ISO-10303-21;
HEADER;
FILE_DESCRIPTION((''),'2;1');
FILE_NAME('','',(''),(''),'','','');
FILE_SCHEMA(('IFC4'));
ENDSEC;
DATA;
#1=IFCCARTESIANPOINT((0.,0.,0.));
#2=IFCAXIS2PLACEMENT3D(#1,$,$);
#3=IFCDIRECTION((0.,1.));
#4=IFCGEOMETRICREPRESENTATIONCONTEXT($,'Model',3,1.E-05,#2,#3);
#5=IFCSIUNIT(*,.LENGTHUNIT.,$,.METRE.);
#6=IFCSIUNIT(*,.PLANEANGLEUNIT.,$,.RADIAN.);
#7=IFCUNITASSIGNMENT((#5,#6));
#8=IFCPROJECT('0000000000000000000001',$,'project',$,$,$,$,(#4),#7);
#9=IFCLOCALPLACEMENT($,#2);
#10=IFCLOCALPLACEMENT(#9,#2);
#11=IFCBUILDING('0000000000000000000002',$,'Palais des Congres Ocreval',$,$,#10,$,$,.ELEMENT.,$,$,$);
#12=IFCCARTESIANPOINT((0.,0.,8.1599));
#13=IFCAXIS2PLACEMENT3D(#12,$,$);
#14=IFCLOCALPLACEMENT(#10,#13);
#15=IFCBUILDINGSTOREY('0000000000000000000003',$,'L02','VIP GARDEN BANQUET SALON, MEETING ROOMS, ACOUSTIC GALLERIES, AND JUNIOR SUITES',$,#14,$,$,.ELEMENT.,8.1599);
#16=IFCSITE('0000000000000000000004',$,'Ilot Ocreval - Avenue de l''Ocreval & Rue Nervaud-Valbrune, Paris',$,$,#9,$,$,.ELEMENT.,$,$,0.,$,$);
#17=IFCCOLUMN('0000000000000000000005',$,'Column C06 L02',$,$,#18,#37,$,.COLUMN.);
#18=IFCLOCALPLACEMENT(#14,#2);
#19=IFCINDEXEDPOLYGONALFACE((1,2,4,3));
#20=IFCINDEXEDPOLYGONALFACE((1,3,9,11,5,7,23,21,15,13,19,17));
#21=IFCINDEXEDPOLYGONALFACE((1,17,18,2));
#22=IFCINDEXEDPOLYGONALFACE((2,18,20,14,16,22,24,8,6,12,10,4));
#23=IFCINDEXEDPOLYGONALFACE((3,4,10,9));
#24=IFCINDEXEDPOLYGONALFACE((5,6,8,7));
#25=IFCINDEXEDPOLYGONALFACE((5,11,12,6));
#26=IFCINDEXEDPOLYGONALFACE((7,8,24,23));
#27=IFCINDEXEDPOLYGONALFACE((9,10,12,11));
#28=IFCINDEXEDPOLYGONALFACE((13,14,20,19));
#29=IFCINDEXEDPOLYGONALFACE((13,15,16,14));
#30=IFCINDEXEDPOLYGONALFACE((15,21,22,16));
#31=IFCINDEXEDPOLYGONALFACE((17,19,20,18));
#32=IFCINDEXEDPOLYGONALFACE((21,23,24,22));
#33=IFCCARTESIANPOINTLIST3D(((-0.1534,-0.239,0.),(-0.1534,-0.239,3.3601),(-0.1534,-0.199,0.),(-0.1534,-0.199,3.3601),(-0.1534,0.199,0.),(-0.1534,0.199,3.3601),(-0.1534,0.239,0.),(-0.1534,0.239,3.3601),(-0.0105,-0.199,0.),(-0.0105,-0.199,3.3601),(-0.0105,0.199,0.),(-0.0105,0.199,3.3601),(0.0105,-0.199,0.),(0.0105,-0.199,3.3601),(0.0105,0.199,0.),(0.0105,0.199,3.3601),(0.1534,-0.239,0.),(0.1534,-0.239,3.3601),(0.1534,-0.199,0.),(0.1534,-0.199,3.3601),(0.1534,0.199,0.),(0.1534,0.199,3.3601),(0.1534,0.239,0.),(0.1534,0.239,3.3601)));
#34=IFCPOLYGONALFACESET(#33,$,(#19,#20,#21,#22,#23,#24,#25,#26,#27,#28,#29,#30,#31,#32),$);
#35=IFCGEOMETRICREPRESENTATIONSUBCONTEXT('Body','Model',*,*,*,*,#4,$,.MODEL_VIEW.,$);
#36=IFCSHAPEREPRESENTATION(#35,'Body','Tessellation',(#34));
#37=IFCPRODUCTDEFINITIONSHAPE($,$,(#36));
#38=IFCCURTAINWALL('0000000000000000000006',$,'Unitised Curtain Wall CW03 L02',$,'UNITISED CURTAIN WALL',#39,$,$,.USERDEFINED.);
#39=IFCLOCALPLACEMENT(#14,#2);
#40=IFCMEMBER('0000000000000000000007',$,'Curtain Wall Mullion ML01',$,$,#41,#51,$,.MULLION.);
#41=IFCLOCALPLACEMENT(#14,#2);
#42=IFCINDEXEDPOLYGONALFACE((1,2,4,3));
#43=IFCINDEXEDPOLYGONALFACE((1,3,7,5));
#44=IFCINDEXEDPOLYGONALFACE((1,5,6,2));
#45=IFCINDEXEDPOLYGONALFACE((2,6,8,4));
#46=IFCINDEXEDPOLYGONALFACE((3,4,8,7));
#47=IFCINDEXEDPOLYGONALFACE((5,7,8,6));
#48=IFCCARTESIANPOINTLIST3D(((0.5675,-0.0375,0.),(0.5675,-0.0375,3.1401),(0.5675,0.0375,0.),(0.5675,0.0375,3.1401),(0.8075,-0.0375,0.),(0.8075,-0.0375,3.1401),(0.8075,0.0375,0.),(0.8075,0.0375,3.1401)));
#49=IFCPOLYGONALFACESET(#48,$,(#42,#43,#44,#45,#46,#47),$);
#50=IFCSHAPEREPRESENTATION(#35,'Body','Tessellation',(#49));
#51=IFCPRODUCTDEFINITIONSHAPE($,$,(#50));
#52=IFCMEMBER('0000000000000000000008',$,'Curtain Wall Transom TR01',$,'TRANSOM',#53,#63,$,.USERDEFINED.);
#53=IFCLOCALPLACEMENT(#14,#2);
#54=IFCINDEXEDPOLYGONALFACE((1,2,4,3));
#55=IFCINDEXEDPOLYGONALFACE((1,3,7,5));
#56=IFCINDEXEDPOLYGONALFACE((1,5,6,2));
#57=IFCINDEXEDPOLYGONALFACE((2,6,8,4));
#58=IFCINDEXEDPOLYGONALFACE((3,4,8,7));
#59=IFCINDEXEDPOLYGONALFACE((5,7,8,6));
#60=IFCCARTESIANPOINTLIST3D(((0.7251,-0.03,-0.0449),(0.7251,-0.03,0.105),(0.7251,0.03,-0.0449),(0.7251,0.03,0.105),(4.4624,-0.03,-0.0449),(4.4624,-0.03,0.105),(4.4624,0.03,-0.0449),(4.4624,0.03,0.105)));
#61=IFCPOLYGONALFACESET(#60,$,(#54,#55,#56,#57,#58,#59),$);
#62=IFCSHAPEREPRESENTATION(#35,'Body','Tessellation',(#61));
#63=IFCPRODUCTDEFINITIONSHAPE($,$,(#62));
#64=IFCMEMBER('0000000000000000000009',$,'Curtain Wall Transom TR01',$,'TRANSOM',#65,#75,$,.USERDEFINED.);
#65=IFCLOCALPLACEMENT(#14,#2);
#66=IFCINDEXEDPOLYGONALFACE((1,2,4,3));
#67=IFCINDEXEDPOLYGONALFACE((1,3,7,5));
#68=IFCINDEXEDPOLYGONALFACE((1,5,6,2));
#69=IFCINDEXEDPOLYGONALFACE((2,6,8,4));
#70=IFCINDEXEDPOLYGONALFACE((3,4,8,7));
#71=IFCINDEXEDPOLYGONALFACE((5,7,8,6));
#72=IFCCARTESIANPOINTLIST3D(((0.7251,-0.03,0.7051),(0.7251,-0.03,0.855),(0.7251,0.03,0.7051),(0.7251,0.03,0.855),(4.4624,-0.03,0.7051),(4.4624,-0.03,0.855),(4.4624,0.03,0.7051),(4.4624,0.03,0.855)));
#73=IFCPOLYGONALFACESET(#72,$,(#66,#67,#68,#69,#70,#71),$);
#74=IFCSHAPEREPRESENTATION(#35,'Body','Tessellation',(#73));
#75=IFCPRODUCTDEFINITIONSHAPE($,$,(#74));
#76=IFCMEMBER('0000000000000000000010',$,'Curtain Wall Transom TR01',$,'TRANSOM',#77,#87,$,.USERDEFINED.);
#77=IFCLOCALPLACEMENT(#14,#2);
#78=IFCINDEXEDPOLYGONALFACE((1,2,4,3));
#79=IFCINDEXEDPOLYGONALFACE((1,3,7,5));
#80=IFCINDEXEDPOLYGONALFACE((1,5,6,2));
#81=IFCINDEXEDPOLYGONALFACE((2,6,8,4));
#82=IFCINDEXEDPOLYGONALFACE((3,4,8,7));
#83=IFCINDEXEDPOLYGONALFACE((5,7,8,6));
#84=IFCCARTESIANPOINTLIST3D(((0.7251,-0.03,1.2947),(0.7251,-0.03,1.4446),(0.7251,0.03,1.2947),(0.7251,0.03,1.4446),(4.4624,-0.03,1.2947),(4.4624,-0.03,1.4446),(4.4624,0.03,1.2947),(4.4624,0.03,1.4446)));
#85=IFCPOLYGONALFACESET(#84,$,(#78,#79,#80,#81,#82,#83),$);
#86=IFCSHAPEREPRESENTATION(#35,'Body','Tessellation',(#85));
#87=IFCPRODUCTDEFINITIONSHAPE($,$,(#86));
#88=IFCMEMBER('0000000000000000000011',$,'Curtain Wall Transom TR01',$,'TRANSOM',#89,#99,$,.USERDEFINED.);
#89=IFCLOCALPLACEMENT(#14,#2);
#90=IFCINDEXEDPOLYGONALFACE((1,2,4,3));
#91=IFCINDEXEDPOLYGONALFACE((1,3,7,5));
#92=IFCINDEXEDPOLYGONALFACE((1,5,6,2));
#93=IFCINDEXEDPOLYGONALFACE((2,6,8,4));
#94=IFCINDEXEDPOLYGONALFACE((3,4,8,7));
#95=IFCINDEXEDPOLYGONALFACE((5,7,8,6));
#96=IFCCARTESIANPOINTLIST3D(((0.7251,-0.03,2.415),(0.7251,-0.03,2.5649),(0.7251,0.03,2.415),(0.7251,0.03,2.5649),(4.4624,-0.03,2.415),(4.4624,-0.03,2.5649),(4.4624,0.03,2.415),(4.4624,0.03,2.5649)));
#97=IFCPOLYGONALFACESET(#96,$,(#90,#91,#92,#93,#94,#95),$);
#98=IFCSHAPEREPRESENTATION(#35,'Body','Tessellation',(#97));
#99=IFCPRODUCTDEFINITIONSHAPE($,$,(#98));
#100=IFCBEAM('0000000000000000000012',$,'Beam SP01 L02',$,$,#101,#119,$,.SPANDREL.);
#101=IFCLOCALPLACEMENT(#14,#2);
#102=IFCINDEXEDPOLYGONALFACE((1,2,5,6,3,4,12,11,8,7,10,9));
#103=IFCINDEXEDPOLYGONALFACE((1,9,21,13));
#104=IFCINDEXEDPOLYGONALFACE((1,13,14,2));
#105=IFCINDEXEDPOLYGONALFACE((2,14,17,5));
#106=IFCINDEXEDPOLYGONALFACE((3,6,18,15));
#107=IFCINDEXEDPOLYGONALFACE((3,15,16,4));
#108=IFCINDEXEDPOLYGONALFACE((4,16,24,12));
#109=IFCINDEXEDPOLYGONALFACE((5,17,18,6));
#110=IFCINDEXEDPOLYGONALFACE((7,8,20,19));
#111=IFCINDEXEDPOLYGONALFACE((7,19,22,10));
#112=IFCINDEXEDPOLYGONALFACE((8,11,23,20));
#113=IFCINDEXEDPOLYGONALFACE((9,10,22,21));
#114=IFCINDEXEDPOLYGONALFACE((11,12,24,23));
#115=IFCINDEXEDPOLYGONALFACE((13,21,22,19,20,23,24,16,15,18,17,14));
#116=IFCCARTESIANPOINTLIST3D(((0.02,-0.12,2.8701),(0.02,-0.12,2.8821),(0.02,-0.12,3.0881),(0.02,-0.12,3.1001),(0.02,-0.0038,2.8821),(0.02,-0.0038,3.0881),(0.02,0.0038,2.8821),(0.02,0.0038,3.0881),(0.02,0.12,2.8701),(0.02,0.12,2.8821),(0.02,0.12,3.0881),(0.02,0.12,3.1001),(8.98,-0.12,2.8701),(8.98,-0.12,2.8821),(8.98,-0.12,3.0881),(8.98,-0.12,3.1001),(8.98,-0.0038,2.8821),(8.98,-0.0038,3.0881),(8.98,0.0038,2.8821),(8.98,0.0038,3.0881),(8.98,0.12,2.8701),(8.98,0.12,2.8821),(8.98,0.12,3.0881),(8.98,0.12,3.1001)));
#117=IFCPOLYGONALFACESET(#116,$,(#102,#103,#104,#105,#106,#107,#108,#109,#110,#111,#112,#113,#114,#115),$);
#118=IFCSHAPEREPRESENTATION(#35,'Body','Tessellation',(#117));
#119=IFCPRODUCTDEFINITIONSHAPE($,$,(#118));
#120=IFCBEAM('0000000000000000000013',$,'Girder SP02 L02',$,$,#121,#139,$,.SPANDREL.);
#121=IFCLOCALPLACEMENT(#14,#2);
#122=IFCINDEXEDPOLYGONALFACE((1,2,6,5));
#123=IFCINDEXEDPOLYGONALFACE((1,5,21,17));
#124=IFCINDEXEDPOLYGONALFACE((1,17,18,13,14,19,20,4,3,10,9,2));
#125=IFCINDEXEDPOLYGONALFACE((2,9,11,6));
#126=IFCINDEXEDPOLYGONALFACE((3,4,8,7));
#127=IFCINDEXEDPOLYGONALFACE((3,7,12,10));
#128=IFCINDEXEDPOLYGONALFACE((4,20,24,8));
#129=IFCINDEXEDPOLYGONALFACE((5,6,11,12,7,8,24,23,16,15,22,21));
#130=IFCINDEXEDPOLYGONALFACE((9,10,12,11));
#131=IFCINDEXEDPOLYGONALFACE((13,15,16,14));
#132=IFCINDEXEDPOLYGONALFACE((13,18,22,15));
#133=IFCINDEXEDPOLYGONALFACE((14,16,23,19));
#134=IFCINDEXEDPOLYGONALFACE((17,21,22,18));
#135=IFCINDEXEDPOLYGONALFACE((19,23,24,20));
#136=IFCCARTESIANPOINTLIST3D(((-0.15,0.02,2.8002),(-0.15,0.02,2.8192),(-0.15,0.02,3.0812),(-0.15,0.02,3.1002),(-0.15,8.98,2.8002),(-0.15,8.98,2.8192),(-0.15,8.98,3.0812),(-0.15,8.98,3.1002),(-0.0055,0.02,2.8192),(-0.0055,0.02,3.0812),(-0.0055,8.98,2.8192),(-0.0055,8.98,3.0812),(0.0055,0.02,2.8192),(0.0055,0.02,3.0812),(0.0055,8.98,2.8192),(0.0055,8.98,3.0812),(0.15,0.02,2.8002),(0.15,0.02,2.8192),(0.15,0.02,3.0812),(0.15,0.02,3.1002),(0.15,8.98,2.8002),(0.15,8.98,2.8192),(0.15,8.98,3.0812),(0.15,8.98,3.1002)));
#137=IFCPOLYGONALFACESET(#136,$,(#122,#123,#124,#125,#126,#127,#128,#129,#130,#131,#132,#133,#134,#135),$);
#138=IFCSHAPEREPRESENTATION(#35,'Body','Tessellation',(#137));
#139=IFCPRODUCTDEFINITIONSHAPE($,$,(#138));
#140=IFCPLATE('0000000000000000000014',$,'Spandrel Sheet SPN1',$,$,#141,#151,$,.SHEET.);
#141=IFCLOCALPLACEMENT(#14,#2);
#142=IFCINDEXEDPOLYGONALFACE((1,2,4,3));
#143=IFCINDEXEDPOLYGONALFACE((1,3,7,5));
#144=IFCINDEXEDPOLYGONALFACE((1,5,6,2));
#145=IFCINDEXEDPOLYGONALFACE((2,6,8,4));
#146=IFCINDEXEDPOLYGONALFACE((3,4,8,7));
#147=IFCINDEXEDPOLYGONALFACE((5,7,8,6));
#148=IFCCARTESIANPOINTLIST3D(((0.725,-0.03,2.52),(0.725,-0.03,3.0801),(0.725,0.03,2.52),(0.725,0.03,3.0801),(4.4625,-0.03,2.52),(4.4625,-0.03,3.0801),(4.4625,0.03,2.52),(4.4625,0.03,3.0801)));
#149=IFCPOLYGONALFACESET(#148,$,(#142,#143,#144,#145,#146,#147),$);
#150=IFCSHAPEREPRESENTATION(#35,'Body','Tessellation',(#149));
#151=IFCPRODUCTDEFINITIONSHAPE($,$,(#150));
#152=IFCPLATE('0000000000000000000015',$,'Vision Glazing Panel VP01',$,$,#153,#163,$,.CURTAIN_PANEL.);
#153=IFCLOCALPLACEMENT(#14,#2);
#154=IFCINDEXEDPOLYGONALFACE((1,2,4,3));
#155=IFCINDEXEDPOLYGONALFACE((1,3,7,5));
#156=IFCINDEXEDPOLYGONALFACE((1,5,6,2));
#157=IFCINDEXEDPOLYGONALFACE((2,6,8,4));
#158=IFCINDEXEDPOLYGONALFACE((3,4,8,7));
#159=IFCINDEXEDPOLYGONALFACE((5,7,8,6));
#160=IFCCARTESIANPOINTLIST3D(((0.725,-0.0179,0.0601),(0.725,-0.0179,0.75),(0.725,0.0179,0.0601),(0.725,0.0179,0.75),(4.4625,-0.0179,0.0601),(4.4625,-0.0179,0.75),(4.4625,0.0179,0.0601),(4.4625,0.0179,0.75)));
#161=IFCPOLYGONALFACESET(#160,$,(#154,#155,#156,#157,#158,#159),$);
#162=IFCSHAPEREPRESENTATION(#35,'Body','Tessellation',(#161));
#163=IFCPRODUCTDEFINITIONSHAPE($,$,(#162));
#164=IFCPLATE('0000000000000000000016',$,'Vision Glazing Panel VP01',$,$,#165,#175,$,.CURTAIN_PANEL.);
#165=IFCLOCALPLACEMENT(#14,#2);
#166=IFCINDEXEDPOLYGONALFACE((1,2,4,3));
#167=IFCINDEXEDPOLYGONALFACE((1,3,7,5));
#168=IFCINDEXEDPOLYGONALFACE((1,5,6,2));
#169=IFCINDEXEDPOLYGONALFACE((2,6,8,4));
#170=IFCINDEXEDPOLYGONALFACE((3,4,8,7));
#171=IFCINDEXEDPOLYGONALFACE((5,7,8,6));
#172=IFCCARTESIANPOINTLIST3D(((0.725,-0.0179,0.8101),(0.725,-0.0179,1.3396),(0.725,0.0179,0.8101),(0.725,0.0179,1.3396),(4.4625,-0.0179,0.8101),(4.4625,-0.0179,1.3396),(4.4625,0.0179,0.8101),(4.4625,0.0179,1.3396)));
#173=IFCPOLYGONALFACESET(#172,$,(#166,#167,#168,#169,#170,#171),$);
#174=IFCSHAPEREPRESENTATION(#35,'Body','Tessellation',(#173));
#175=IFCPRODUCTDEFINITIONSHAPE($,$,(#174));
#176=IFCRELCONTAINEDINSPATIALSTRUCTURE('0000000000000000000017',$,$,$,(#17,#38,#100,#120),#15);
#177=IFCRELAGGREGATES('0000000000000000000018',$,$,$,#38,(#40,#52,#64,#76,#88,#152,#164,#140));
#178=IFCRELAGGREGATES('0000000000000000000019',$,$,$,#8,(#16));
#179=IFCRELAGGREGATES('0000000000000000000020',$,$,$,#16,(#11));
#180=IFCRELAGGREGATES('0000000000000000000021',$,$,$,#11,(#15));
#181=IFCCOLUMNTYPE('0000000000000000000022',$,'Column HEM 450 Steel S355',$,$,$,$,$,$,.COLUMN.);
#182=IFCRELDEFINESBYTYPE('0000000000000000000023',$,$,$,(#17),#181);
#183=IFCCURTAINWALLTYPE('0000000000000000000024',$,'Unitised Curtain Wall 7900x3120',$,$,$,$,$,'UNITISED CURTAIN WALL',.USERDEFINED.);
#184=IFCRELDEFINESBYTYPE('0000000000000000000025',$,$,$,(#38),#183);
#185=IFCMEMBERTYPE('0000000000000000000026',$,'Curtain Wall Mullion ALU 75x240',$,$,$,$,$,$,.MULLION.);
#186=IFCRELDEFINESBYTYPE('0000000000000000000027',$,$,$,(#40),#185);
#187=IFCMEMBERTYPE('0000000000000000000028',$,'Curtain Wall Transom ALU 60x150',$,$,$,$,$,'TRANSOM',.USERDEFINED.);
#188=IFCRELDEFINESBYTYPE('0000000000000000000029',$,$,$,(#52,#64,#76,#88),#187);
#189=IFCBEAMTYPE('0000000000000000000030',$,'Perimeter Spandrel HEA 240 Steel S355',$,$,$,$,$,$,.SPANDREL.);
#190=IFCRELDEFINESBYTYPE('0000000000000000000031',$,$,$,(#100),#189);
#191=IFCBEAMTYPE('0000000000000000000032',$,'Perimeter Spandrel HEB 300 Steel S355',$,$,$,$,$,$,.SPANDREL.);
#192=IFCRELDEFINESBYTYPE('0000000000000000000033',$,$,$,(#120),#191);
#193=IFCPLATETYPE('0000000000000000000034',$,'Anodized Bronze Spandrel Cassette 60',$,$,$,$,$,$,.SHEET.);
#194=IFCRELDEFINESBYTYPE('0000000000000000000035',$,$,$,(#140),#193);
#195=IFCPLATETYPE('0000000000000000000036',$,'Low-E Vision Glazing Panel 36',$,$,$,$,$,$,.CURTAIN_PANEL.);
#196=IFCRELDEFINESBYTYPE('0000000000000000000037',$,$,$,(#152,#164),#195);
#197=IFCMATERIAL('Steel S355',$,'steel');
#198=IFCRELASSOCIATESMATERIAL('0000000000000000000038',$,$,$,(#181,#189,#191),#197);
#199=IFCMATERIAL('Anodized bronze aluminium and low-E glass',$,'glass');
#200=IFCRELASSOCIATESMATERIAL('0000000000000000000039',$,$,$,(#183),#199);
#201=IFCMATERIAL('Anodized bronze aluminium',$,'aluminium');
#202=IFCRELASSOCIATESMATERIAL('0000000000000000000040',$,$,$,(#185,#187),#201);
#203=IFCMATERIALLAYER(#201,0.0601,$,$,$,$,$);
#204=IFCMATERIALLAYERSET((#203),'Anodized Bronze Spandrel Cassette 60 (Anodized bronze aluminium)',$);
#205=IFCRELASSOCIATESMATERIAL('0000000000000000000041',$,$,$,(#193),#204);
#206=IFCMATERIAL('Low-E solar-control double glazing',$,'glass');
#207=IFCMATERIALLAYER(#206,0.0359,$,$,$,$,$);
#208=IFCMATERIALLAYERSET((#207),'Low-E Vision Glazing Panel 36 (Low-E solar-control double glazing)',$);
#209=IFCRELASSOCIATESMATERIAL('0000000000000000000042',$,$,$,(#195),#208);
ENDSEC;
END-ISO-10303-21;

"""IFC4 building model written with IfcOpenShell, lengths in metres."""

from ifc_helpers import new_model, si_unit, direction, frame, origin, origin_with_axes, origin_2d, place, context, subcontext, project, spatial, rectangle, i_section, extrude, material, layer, layer_set, material_profile, profile_set, type_object, element, aggregate, save


model = new_model("IFC4")

# Units and contexts
model_context = context("Model", 3, precision=1e-05, world=origin(), true_north=direction((0.0, 1.0)))
body_context = subcontext(model_context, "Body", "Model", "MODEL_VIEW")
ifc_project = project(units=[si_unit("LENGTHUNIT", "METRE"), si_unit("PLANEANGLEUNIT", "RADIAN")], contexts=[model_context])

# Site, building, storey
site_placement = place(None, origin())
site = spatial("IfcSite", under=ifc_project, at=site_placement, Name="Ilot Ocreval - Avenue de l'Ocreval & Rue Nervaud-Valbrune, Paris", CompositionType="ELEMENT", RefElevation=0.0)
building_placement = place(site_placement, origin())
building = spatial("IfcBuilding", under=site, at=building_placement, Name="Palais des Congres Ocreval", CompositionType="ELEMENT")
storey_placement = place(building_placement, frame((0.0, 0.0, 8.1599)))
storey = spatial("IfcBuildingStorey", under=building, at=storey_placement, Name="L02", Description="VIP GARDEN BANQUET SALON, MEETING ROOMS, ACOUSTIC GALLERIES, AND JUNIOR SUITES", CompositionType="ELEMENT", Elevation=8.1599)

# Column
ifc_material_1 = material(Name="Steel S355", Category="steel")
ifc_material_profile_1 = material_profile(ifc_material_1, i_section(OverallWidth=0.3069, OverallDepth=0.478, WebThickness=0.021, FlangeThickness=0.04, at=origin_2d()), Name="HEM 450")
ifc_profile_set_1 = profile_set([ifc_material_profile_1], Name="Steel S355")
column_type = type_object("IfcColumnType", Name="Column HEM 450 Steel S355", PredefinedType="COLUMN", material=ifc_profile_set_1)
column_placement = place(storey_placement, origin_with_axes())
element("IfcColumn", 1, at=column_placement, inside=storey, type_object=column_type, Name="Column C06 L02", PredefinedType="COLUMN", context=body_context, shape_type="SweptSolid", body=[
    extrude(i_section(OverallWidth=0.3069, OverallDepth=0.478, WebThickness=0.021, FlangeThickness=0.04, at=origin_2d()), origin(), (0.0, 0.0, 1.0), 3.3601),
])

# Curtain wall, members
ifc_material_2 = material(Name="Anodized bronze aluminium and low-E glass", Category="glass")
curtain_wall_type = type_object("IfcCurtainWallType", Name="Unitised Curtain Wall 7900x3120", ElementType="UNITISED CURTAIN WALL", PredefinedType="USERDEFINED", material=ifc_material_2)
curtain_wall_placement = place(storey_placement, origin())
curtain_wall = element("IfcCurtainWall", 2, at=curtain_wall_placement, inside=storey, type_object=curtain_wall_type, Name="Unitised Curtain Wall CW03 L02", ObjectType="UNITISED CURTAIN WALL", PredefinedType="USERDEFINED")
ifc_material_3 = material(Name="Anodized bronze aluminium", Category="aluminium")
ifc_material_profile_2 = material_profile(ifc_material_3, rectangle(XDim=0.075, YDim=0.24, at=origin_2d()), Name="ALU 75x240")
ifc_profile_set_2 = profile_set([ifc_material_profile_2], Name="Anodized bronze aluminium")
member_type_1 = type_object("IfcMemberType", Name="Curtain Wall Mullion ALU 75x240", PredefinedType="MULLION", material=ifc_profile_set_2)
member_1_placement = place(storey_placement, frame((0.6875, 0.0, 0.0), z_axis=(0.0, 0.0, 1.0), x_axis=(0.0, -1.0, 0.0)))
member_1 = element("IfcMember", 3, at=member_1_placement, type_object=member_type_1, Name="Curtain Wall Mullion ML01", PredefinedType="MULLION", context=body_context, shape_type="SweptSolid", body=[
    extrude(rectangle(XDim=0.075, YDim=0.24, at=origin_2d()), origin(), (0.0, 0.0, 1.0), 3.1401),
])
ifc_material_profile_3 = material_profile(ifc_material_3, rectangle(XDim=0.0601, YDim=0.1499, at=origin_2d()), Name="ALU 60x150")
ifc_profile_set_3 = profile_set([ifc_material_profile_3], Name="Anodized bronze aluminium")
member_type_2 = type_object("IfcMemberType", Name="Curtain Wall Transom ALU 60x150", ElementType="TRANSOM", PredefinedType="USERDEFINED", material=ifc_profile_set_3)
member_2_placement = place(storey_placement, frame((4.4624, 0.0, 0.03), z_axis=(-1.0, 0.0, 0.0), x_axis=(0.0, -1.0, 0.0)))
member_2 = element("IfcMember", 4, at=member_2_placement, type_object=member_type_2, Name="Curtain Wall Transom TR01", ObjectType="TRANSOM", PredefinedType="USERDEFINED", context=body_context, shape_type="SweptSolid", body=[
    extrude(rectangle(XDim=0.0601, YDim=0.1499, at=origin_2d()), origin(), (0.0, 0.0, 1.0), 3.7373),
])
member_3_placement = place(storey_placement, frame((4.4624, 0.0, 0.78), z_axis=(-1.0, 0.0, 0.0), x_axis=(0.0, -1.0, 0.0)))
member_3 = element("IfcMember", 5, at=member_3_placement, type_object=member_type_2, Name="Curtain Wall Transom TR01", ObjectType="TRANSOM", PredefinedType="USERDEFINED", context=body_context, shape_type="SweptSolid", body=[
    extrude(rectangle(XDim=0.0601, YDim=0.1499, at=origin_2d()), origin(), (0.0, 0.0, 1.0), 3.7373),
])
member_4_placement = place(storey_placement, frame((4.4624, 0.0, 1.3696), z_axis=(-1.0, 0.0, 0.0), x_axis=(0.0, -1.0, 0.0)))
member_4 = element("IfcMember", 6, at=member_4_placement, type_object=member_type_2, Name="Curtain Wall Transom TR01", ObjectType="TRANSOM", PredefinedType="USERDEFINED", context=body_context, shape_type="SweptSolid", body=[
    extrude(rectangle(XDim=0.0601, YDim=0.1499, at=origin_2d()), origin(), (0.0, 0.0, 1.0), 3.7373),
])
member_5_placement = place(storey_placement, frame((4.4624, 0.0, 2.49), z_axis=(-1.0, 0.0, 0.0), x_axis=(0.0, -1.0, 0.0)))
member_5 = element("IfcMember", 7, at=member_5_placement, type_object=member_type_2, Name="Curtain Wall Transom TR01", ObjectType="TRANSOM", PredefinedType="USERDEFINED", context=body_context, shape_type="SweptSolid", body=[
    extrude(rectangle(XDim=0.0601, YDim=0.1499, at=origin_2d()), origin(), (0.0, 0.0, 1.0), 3.7373),
])

# Beams
ifc_material_profile_4 = material_profile(ifc_material_1, i_section(OverallWidth=0.24, OverallDepth=0.23, WebThickness=0.0076, FlangeThickness=0.012, at=origin_2d()), Name="HEA 240")
ifc_profile_set_4 = profile_set([ifc_material_profile_4], Name="Steel S355")
beam_type_1 = type_object("IfcBeamType", Name="Perimeter Spandrel HEA 240 Steel S355", PredefinedType="SPANDREL", material=ifc_profile_set_4)
beam_1_placement = place(storey_placement, frame((0.02, 0.0, 2.9851), z_axis=(1.0, 0.0, 0.0), x_axis=(0.0, 1.0, 0.0)))
element("IfcBeam", 8, at=beam_1_placement, inside=storey, type_object=beam_type_1, Name="Beam SP01 L02", PredefinedType="SPANDREL", context=body_context, shape_type="SweptSolid", body=[
    extrude(i_section(OverallWidth=0.24, OverallDepth=0.23, WebThickness=0.0076, FlangeThickness=0.012, at=origin_2d()), origin(), (0.0, 0.0, 1.0), 8.96),
])
ifc_material_profile_5 = material_profile(ifc_material_1, i_section(OverallWidth=0.3, OverallDepth=0.3, WebThickness=0.011, FlangeThickness=0.019, at=origin_2d()), Name="HEB 300")
ifc_profile_set_5 = profile_set([ifc_material_profile_5], Name="Steel S355")
beam_type_2 = type_object("IfcBeamType", Name="Perimeter Spandrel HEB 300 Steel S355", PredefinedType="SPANDREL", material=ifc_profile_set_5)
beam_2_placement = place(storey_placement, frame((0.0, 0.02, 2.9502), z_axis=(0.0, 1.0, 0.0), x_axis=(-1.0, 0.0, 0.0)))
element("IfcBeam", 9, at=beam_2_placement, inside=storey, type_object=beam_type_2, Name="Girder SP02 L02", PredefinedType="SPANDREL", context=body_context, shape_type="SweptSolid", body=[
    extrude(i_section(OverallWidth=0.3, OverallDepth=0.3, WebThickness=0.011, FlangeThickness=0.019, at=origin_2d()), origin(), (0.0, 0.0, 1.0), 8.96),
])

# Plates
ifc_layer_1 = layer(ifc_material_3, 0.0601)
ifc_layer_set_1 = layer_set([ifc_layer_1], Name="Anodized Bronze Spandrel Cassette 60 (Anodized bronze aluminium)")
plate_type_1 = type_object("IfcPlateType", Name="Anodized Bronze Spandrel Cassette 60", PredefinedType="SHEET", material=ifc_layer_set_1)
plate_1_placement = place(storey_placement, frame((2.5938, 0.0, 2.52), z_axis=(0.0, 0.0, 1.0), x_axis=(-1.0, 0.0, 0.0)))
plate_1 = element("IfcPlate", 10, at=plate_1_placement, type_object=plate_type_1, Name="Spandrel Sheet SPN1", PredefinedType="SHEET", context=body_context, shape_type="SweptSolid", body=[
    extrude(rectangle(XDim=3.7375, YDim=0.0601, at=origin_2d()), origin(), (0.0, 0.0, 1.0), 0.5601),
])
ifc_material_4 = material(Name="Low-E solar-control double glazing", Category="glass")
ifc_layer_2 = layer(ifc_material_4, 0.0359)
ifc_layer_set_2 = layer_set([ifc_layer_2], Name="Low-E Vision Glazing Panel 36 (Low-E solar-control double glazing)")
plate_type_2 = type_object("IfcPlateType", Name="Low-E Vision Glazing Panel 36", PredefinedType="CURTAIN_PANEL", material=ifc_layer_set_2)
plate_2_placement = place(storey_placement, frame((2.5938, 0.0, 0.0601), z_axis=(0.0, 0.0, 1.0), x_axis=(-1.0, 0.0, 0.0)))
plate_2 = element("IfcPlate", 11, at=plate_2_placement, type_object=plate_type_2, Name="Vision Glazing Panel VP01", PredefinedType="CURTAIN_PANEL", context=body_context, shape_type="SweptSolid", body=[
    extrude(rectangle(XDim=3.7375, YDim=0.0359, at=origin_2d()), origin(), (0.0, 0.0, 1.0), 0.6899),
])
plate_3_placement = place(storey_placement, frame((2.5938, 0.0, 0.8101), z_axis=(0.0, 0.0, 1.0), x_axis=(-1.0, 0.0, 0.0)))
plate_3 = element("IfcPlate", 12, at=plate_3_placement, type_object=plate_type_2, Name="Vision Glazing Panel VP01", PredefinedType="CURTAIN_PANEL", context=body_context, shape_type="SweptSolid", body=[
    extrude(rectangle(XDim=3.7375, YDim=0.0359, at=origin_2d()), origin(), (0.0, 0.0, 1.0), 0.5295),
])
aggregate(curtain_wall, [member_1, member_2, member_3, member_4, member_5, plate_2, plate_3, plate_1])

save(model, "model.ifc")
